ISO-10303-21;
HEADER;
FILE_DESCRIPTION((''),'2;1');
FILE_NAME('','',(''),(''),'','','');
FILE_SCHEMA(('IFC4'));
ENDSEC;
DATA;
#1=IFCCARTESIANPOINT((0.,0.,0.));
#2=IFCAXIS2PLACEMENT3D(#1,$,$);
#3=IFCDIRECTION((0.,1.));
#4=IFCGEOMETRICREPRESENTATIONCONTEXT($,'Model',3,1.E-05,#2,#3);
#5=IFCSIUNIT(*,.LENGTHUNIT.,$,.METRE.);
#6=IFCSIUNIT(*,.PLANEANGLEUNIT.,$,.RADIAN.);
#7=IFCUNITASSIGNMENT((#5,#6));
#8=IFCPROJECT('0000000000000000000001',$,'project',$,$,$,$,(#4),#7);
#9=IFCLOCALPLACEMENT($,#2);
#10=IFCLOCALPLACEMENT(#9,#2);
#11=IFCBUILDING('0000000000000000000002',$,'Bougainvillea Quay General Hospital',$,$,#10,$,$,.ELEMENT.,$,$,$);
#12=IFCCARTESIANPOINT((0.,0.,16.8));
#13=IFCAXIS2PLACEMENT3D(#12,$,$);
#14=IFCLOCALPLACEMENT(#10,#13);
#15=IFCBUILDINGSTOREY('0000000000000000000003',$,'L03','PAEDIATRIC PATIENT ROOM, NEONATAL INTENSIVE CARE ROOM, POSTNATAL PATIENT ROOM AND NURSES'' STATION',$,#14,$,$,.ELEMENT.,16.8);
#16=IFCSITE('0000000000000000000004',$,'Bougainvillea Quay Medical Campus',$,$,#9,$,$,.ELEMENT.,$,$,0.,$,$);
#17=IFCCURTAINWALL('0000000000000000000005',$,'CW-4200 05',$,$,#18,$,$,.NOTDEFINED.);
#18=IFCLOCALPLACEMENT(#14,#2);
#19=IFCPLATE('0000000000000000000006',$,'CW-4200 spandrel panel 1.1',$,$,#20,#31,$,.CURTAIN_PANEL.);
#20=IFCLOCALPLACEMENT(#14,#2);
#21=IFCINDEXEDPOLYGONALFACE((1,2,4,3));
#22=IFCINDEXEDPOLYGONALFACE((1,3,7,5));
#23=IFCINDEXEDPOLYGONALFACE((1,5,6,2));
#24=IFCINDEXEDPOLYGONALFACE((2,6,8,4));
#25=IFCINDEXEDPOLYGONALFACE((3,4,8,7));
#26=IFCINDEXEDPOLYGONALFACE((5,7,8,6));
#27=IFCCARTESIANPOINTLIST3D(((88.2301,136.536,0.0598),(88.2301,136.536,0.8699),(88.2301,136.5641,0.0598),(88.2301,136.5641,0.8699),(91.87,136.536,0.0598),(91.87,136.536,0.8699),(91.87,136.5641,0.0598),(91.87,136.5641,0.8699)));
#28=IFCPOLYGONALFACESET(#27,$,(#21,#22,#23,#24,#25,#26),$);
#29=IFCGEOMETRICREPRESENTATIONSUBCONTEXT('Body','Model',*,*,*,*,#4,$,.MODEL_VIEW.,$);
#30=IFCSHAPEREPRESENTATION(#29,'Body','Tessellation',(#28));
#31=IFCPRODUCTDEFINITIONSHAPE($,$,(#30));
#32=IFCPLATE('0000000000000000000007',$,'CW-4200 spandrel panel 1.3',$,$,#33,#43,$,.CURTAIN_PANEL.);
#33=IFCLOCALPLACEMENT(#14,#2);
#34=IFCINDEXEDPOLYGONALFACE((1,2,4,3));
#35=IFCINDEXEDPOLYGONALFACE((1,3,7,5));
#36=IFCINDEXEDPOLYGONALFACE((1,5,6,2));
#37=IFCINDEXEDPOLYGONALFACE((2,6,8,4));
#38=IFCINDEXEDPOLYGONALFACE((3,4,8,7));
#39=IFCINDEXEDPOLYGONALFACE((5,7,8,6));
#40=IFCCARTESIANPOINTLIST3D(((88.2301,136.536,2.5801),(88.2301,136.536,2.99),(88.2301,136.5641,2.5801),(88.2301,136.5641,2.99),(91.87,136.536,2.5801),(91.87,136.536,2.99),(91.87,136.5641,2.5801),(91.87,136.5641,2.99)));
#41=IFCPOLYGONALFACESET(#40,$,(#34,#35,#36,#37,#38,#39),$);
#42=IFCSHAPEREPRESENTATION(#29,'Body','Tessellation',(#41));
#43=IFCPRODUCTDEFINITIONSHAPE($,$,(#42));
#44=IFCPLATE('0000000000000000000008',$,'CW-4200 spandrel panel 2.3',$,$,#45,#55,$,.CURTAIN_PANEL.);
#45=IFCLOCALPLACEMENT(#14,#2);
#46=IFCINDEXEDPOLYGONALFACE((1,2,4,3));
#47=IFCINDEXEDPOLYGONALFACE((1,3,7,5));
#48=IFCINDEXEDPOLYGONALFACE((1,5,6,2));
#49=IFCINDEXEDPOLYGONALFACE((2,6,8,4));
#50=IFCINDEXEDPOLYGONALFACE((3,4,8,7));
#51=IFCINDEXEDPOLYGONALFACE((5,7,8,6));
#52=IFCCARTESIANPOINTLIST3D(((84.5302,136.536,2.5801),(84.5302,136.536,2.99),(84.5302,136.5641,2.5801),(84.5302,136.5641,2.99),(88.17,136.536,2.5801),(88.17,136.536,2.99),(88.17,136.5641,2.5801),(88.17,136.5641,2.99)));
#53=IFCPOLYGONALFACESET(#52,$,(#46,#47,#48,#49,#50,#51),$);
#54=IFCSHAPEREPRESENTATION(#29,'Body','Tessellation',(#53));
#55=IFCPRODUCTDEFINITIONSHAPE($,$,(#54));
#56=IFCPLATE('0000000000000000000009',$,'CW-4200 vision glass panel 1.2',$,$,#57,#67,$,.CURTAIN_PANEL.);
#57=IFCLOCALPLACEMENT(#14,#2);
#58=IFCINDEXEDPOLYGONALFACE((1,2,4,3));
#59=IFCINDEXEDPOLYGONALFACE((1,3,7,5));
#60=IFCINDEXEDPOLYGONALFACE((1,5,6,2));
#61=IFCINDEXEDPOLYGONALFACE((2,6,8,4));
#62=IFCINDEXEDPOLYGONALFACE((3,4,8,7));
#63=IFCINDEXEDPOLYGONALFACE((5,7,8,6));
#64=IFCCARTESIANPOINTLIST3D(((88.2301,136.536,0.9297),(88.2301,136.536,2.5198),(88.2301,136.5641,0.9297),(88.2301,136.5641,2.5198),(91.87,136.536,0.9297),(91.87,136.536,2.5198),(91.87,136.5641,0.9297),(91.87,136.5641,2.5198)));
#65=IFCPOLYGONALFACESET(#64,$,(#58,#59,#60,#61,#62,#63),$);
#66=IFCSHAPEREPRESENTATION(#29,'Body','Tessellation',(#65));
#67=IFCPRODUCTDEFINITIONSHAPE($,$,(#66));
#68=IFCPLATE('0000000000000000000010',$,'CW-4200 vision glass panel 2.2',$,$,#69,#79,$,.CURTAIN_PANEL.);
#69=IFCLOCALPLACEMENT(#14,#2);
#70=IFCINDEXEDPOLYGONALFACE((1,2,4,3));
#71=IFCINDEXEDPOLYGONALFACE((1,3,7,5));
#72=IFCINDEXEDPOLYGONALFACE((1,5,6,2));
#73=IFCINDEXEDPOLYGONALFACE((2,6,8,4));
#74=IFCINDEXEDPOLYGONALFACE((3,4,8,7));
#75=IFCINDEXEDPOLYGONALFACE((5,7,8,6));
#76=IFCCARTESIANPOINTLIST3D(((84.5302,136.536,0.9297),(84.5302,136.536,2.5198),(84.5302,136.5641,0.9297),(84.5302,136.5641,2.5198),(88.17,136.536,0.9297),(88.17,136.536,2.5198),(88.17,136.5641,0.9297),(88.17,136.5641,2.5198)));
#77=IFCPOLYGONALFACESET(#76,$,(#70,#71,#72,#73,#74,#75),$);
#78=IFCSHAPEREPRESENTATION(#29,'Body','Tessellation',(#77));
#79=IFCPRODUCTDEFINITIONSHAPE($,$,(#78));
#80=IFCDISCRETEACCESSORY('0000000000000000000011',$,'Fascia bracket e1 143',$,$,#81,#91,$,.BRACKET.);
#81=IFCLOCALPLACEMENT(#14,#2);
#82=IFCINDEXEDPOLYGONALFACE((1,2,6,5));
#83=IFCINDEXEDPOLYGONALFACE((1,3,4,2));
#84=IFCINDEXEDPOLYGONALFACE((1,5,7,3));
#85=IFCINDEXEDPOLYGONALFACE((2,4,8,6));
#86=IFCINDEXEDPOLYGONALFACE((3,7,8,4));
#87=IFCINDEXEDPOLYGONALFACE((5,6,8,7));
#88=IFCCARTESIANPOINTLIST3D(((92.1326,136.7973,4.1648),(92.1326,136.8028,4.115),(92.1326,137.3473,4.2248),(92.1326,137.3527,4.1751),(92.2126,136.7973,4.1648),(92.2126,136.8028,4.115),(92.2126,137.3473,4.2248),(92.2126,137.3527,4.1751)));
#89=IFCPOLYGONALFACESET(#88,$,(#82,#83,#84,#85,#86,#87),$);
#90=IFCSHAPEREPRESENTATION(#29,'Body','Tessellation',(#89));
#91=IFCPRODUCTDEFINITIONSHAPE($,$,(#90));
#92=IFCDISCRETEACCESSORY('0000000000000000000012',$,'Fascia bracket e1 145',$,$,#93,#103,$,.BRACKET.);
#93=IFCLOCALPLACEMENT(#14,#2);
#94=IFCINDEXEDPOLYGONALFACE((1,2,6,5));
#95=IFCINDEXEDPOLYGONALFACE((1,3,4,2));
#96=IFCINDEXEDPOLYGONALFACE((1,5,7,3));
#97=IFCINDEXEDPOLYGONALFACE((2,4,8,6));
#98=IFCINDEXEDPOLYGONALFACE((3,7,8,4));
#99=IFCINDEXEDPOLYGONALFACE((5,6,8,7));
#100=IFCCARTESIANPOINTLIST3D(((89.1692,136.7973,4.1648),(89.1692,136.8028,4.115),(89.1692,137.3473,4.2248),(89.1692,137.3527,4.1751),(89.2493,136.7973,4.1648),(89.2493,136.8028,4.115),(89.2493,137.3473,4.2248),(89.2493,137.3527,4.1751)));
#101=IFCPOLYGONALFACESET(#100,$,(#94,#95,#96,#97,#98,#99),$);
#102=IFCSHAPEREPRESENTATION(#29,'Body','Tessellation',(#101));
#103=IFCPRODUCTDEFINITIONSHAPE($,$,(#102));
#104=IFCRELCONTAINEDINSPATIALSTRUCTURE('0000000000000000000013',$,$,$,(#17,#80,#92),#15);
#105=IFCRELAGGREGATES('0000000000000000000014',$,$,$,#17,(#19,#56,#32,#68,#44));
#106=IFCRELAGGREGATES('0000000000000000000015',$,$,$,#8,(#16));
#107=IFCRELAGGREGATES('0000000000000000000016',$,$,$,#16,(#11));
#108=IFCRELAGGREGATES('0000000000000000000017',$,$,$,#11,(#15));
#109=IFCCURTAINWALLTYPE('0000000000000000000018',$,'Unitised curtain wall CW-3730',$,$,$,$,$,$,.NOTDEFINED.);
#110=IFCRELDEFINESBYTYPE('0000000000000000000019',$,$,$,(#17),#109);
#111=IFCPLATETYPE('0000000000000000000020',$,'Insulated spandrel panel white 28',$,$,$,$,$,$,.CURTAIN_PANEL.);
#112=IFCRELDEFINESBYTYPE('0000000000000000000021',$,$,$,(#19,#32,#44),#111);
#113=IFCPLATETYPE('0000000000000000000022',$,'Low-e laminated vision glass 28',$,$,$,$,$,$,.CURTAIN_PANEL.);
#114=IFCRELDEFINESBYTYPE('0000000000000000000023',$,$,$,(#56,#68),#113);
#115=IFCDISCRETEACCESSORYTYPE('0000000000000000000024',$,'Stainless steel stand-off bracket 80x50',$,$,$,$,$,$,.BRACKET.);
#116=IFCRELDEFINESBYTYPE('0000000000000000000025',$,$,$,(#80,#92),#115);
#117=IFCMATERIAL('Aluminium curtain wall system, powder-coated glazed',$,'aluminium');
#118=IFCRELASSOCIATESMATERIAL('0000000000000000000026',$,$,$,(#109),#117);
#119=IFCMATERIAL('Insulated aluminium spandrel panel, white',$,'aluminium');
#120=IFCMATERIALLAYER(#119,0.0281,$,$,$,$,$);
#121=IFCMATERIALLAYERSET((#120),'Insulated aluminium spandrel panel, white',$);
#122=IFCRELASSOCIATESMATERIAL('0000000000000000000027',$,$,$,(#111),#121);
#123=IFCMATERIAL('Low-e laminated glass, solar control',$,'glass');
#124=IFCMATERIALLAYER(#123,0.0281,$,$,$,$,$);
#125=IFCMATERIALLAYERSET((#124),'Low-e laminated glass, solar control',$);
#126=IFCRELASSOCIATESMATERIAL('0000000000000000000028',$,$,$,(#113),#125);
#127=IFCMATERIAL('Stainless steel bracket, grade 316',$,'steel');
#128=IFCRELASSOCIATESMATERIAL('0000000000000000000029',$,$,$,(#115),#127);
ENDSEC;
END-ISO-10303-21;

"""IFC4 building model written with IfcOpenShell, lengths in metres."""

from ifc_helpers import new_model, si_unit, direction, frame, origin, origin_2d, place, context, subcontext, project, spatial, rectangle, extrude, material, layer, layer_set, material_profile, profile_set, type_object, element, aggregate, save


model = new_model("IFC4")

# Units and contexts
model_context = context("Model", 3, precision=1e-05, world=origin(), true_north=direction((0.0, 1.0)))
body_context = subcontext(model_context, "Body", "Model", "MODEL_VIEW")
ifc_project = project(units=[si_unit("LENGTHUNIT", "METRE"), si_unit("PLANEANGLEUNIT", "RADIAN")], contexts=[model_context])

# Site, building, storey
site_placement = place(None, origin())
site = spatial("IfcSite", under=ifc_project, at=site_placement, Name="Bougainvillea Quay Medical Campus", CompositionType="ELEMENT", RefElevation=0.0)
building_placement = place(site_placement, origin())
building = spatial("IfcBuilding", under=site, at=building_placement, Name="Bougainvillea Quay General Hospital", CompositionType="ELEMENT")
storey_placement = place(building_placement, frame((0.0, 0.0, 16.8)))
storey = spatial("IfcBuildingStorey", under=building, at=storey_placement, Name="L03", Description="PAEDIATRIC PATIENT ROOM, NEONATAL INTENSIVE CARE ROOM, POSTNATAL PATIENT ROOM AND NURSES' STATION", CompositionType="ELEMENT", Elevation=16.8)

# Shared definitions
ifc_material_1 = material(Name="Aluminium curtain wall system, powder-coated glazed", Category="aluminium")
curtain_wall_type = type_object("IfcCurtainWallType", Name="Unitised curtain wall CW-3730", PredefinedType="NOTDEFINED", material=ifc_material_1)

# Curtain wall
curtain_wall_1_placement = place(storey_placement, origin())
curtain_wall_1 = element("IfcCurtainWall", 1, at=curtain_wall_1_placement, inside=storey, type_object=curtain_wall_type, Name="CW-4200 05", PredefinedType="NOTDEFINED")

# Plates
ifc_material_2 = material(Name="Insulated aluminium spandrel panel, white", Category="aluminium")
ifc_layer_1 = layer(ifc_material_2, 0.0281)
ifc_layer_set_1 = layer_set([ifc_layer_1], Name="Insulated aluminium spandrel panel, white")
plate_type_1 = type_object("IfcPlateType", Name="Insulated spandrel panel white 28", PredefinedType="CURTAIN_PANEL", material=ifc_layer_set_1)
plate_1_placement = place(storey_placement, frame((90.05, 136.55, 0.0598), z_axis=(0.0, 0.0, 1.0), x_axis=(-1.0, 0.0, 0.0)))
plate_1 = element("IfcPlate", 2, at=plate_1_placement, type_object=plate_type_1, Name="CW-4200 spandrel panel 1.1", PredefinedType="CURTAIN_PANEL", context=body_context, shape_type="SweptSolid", body=[
    extrude(rectangle(XDim=3.6399, YDim=0.0281, at=origin_2d()), origin(), (0.0, 0.0, 1.0), 0.8101),
])
plate_2_placement = place(storey_placement, frame((90.05, 136.55, 2.5801), z_axis=(0.0, 0.0, 1.0), x_axis=(-1.0, 0.0, 0.0)))
plate_2 = element("IfcPlate", 3, at=plate_2_placement, type_object=plate_type_1, Name="CW-4200 spandrel panel 1.3", PredefinedType="CURTAIN_PANEL", context=body_context, shape_type="SweptSolid", body=[
    extrude(rectangle(XDim=3.6399, YDim=0.0281, at=origin_2d()), origin(), (0.0, 0.0, 1.0), 0.4099),
])
plate_3_placement = place(storey_placement, frame((86.3501, 136.55, 2.5801), z_axis=(0.0, 0.0, 1.0), x_axis=(-1.0, 0.0, 0.0)))
plate_3 = element("IfcPlate", 4, at=plate_3_placement, type_object=plate_type_1, Name="CW-4200 spandrel panel 2.3", PredefinedType="CURTAIN_PANEL", context=body_context, shape_type="SweptSolid", body=[
    extrude(rectangle(XDim=3.6399, YDim=0.0281, at=origin_2d()), origin(), (0.0, 0.0, 1.0), 0.4099),
])
ifc_material_3 = material(Name="Low-e laminated glass, solar control", Category="glass")
ifc_layer_2 = layer(ifc_material_3, 0.0281)
ifc_layer_set_2 = layer_set([ifc_layer_2], Name="Low-e laminated glass, solar control")
plate_type_2 = type_object("IfcPlateType", Name="Low-e laminated vision glass 28", PredefinedType="CURTAIN_PANEL", material=ifc_layer_set_2)
plate_4_placement = place(storey_placement, frame((90.05, 136.55, 0.9297), z_axis=(0.0, 0.0, 1.0), x_axis=(-1.0, 0.0, 0.0)))
plate_4 = element("IfcPlate", 5, at=plate_4_placement, type_object=plate_type_2, Name="CW-4200 vision glass panel 1.2", PredefinedType="CURTAIN_PANEL", context=body_context, shape_type="SweptSolid", body=[
    extrude(rectangle(XDim=3.6399, YDim=0.0281, at=origin_2d()), origin(), (0.0, 0.0, 1.0), 1.5901),
])
plate_5_placement = place(storey_placement, frame((86.3501, 136.55, 0.9297), z_axis=(0.0, 0.0, 1.0), x_axis=(-1.0, 0.0, 0.0)))
plate_5 = element("IfcPlate", 6, at=plate_5_placement, type_object=plate_type_2, Name="CW-4200 vision glass panel 2.2", PredefinedType="CURTAIN_PANEL", context=body_context, shape_type="SweptSolid", body=[
    extrude(rectangle(XDim=3.6399, YDim=0.0281, at=origin_2d()), origin(), (0.0, 0.0, 1.0), 1.5901),
])
aggregate(curtain_wall_1, [plate_1, plate_4, plate_2, plate_5, plate_3])

# Discrete accessories
ifc_material_4 = material(Name="Stainless steel bracket, grade 316", Category="steel")
ifc_material_profile_1 = material_profile(ifc_material_4, rectangle(XDim=0.0801, YDim=0.05, at=origin_2d()))
ifc_profile_set_1 = profile_set([ifc_material_profile_1], Name="Stainless steel bracket, grade 316")
discrete_accessory_type = type_object("IfcDiscreteAccessoryType", Name="Stainless steel stand-off bracket 80x50", PredefinedType="BRACKET", material=ifc_profile_set_1)
for number, where, z_axis, x_axis, name in (
    (7, (92.1726, 136.8, 4.1399), (0.0, 0.994092, 0.108543), (-1.0, 0.0, 0.0), "Fascia bracket e1 143"),
    (8, (89.2092, 136.8, 4.1399), (0.0, 0.994092, 0.108543), (-1.0, 0.0, 0.0), "Fascia bracket e1 145"),
):
    element("IfcDiscreteAccessory", number, at=place(storey_placement, frame(where, z_axis=z_axis, x_axis=x_axis)), inside=storey, type_object=discrete_accessory_type, Name=name, PredefinedType="BRACKET", context=body_context, shape_type="SweptSolid", body=[
        extrude(rectangle(XDim=0.0801, YDim=0.05, at=origin_2d()), origin(), (0.0, 0.0, 1.0), 0.5532),
    ])

save(model, "model.ifc")
